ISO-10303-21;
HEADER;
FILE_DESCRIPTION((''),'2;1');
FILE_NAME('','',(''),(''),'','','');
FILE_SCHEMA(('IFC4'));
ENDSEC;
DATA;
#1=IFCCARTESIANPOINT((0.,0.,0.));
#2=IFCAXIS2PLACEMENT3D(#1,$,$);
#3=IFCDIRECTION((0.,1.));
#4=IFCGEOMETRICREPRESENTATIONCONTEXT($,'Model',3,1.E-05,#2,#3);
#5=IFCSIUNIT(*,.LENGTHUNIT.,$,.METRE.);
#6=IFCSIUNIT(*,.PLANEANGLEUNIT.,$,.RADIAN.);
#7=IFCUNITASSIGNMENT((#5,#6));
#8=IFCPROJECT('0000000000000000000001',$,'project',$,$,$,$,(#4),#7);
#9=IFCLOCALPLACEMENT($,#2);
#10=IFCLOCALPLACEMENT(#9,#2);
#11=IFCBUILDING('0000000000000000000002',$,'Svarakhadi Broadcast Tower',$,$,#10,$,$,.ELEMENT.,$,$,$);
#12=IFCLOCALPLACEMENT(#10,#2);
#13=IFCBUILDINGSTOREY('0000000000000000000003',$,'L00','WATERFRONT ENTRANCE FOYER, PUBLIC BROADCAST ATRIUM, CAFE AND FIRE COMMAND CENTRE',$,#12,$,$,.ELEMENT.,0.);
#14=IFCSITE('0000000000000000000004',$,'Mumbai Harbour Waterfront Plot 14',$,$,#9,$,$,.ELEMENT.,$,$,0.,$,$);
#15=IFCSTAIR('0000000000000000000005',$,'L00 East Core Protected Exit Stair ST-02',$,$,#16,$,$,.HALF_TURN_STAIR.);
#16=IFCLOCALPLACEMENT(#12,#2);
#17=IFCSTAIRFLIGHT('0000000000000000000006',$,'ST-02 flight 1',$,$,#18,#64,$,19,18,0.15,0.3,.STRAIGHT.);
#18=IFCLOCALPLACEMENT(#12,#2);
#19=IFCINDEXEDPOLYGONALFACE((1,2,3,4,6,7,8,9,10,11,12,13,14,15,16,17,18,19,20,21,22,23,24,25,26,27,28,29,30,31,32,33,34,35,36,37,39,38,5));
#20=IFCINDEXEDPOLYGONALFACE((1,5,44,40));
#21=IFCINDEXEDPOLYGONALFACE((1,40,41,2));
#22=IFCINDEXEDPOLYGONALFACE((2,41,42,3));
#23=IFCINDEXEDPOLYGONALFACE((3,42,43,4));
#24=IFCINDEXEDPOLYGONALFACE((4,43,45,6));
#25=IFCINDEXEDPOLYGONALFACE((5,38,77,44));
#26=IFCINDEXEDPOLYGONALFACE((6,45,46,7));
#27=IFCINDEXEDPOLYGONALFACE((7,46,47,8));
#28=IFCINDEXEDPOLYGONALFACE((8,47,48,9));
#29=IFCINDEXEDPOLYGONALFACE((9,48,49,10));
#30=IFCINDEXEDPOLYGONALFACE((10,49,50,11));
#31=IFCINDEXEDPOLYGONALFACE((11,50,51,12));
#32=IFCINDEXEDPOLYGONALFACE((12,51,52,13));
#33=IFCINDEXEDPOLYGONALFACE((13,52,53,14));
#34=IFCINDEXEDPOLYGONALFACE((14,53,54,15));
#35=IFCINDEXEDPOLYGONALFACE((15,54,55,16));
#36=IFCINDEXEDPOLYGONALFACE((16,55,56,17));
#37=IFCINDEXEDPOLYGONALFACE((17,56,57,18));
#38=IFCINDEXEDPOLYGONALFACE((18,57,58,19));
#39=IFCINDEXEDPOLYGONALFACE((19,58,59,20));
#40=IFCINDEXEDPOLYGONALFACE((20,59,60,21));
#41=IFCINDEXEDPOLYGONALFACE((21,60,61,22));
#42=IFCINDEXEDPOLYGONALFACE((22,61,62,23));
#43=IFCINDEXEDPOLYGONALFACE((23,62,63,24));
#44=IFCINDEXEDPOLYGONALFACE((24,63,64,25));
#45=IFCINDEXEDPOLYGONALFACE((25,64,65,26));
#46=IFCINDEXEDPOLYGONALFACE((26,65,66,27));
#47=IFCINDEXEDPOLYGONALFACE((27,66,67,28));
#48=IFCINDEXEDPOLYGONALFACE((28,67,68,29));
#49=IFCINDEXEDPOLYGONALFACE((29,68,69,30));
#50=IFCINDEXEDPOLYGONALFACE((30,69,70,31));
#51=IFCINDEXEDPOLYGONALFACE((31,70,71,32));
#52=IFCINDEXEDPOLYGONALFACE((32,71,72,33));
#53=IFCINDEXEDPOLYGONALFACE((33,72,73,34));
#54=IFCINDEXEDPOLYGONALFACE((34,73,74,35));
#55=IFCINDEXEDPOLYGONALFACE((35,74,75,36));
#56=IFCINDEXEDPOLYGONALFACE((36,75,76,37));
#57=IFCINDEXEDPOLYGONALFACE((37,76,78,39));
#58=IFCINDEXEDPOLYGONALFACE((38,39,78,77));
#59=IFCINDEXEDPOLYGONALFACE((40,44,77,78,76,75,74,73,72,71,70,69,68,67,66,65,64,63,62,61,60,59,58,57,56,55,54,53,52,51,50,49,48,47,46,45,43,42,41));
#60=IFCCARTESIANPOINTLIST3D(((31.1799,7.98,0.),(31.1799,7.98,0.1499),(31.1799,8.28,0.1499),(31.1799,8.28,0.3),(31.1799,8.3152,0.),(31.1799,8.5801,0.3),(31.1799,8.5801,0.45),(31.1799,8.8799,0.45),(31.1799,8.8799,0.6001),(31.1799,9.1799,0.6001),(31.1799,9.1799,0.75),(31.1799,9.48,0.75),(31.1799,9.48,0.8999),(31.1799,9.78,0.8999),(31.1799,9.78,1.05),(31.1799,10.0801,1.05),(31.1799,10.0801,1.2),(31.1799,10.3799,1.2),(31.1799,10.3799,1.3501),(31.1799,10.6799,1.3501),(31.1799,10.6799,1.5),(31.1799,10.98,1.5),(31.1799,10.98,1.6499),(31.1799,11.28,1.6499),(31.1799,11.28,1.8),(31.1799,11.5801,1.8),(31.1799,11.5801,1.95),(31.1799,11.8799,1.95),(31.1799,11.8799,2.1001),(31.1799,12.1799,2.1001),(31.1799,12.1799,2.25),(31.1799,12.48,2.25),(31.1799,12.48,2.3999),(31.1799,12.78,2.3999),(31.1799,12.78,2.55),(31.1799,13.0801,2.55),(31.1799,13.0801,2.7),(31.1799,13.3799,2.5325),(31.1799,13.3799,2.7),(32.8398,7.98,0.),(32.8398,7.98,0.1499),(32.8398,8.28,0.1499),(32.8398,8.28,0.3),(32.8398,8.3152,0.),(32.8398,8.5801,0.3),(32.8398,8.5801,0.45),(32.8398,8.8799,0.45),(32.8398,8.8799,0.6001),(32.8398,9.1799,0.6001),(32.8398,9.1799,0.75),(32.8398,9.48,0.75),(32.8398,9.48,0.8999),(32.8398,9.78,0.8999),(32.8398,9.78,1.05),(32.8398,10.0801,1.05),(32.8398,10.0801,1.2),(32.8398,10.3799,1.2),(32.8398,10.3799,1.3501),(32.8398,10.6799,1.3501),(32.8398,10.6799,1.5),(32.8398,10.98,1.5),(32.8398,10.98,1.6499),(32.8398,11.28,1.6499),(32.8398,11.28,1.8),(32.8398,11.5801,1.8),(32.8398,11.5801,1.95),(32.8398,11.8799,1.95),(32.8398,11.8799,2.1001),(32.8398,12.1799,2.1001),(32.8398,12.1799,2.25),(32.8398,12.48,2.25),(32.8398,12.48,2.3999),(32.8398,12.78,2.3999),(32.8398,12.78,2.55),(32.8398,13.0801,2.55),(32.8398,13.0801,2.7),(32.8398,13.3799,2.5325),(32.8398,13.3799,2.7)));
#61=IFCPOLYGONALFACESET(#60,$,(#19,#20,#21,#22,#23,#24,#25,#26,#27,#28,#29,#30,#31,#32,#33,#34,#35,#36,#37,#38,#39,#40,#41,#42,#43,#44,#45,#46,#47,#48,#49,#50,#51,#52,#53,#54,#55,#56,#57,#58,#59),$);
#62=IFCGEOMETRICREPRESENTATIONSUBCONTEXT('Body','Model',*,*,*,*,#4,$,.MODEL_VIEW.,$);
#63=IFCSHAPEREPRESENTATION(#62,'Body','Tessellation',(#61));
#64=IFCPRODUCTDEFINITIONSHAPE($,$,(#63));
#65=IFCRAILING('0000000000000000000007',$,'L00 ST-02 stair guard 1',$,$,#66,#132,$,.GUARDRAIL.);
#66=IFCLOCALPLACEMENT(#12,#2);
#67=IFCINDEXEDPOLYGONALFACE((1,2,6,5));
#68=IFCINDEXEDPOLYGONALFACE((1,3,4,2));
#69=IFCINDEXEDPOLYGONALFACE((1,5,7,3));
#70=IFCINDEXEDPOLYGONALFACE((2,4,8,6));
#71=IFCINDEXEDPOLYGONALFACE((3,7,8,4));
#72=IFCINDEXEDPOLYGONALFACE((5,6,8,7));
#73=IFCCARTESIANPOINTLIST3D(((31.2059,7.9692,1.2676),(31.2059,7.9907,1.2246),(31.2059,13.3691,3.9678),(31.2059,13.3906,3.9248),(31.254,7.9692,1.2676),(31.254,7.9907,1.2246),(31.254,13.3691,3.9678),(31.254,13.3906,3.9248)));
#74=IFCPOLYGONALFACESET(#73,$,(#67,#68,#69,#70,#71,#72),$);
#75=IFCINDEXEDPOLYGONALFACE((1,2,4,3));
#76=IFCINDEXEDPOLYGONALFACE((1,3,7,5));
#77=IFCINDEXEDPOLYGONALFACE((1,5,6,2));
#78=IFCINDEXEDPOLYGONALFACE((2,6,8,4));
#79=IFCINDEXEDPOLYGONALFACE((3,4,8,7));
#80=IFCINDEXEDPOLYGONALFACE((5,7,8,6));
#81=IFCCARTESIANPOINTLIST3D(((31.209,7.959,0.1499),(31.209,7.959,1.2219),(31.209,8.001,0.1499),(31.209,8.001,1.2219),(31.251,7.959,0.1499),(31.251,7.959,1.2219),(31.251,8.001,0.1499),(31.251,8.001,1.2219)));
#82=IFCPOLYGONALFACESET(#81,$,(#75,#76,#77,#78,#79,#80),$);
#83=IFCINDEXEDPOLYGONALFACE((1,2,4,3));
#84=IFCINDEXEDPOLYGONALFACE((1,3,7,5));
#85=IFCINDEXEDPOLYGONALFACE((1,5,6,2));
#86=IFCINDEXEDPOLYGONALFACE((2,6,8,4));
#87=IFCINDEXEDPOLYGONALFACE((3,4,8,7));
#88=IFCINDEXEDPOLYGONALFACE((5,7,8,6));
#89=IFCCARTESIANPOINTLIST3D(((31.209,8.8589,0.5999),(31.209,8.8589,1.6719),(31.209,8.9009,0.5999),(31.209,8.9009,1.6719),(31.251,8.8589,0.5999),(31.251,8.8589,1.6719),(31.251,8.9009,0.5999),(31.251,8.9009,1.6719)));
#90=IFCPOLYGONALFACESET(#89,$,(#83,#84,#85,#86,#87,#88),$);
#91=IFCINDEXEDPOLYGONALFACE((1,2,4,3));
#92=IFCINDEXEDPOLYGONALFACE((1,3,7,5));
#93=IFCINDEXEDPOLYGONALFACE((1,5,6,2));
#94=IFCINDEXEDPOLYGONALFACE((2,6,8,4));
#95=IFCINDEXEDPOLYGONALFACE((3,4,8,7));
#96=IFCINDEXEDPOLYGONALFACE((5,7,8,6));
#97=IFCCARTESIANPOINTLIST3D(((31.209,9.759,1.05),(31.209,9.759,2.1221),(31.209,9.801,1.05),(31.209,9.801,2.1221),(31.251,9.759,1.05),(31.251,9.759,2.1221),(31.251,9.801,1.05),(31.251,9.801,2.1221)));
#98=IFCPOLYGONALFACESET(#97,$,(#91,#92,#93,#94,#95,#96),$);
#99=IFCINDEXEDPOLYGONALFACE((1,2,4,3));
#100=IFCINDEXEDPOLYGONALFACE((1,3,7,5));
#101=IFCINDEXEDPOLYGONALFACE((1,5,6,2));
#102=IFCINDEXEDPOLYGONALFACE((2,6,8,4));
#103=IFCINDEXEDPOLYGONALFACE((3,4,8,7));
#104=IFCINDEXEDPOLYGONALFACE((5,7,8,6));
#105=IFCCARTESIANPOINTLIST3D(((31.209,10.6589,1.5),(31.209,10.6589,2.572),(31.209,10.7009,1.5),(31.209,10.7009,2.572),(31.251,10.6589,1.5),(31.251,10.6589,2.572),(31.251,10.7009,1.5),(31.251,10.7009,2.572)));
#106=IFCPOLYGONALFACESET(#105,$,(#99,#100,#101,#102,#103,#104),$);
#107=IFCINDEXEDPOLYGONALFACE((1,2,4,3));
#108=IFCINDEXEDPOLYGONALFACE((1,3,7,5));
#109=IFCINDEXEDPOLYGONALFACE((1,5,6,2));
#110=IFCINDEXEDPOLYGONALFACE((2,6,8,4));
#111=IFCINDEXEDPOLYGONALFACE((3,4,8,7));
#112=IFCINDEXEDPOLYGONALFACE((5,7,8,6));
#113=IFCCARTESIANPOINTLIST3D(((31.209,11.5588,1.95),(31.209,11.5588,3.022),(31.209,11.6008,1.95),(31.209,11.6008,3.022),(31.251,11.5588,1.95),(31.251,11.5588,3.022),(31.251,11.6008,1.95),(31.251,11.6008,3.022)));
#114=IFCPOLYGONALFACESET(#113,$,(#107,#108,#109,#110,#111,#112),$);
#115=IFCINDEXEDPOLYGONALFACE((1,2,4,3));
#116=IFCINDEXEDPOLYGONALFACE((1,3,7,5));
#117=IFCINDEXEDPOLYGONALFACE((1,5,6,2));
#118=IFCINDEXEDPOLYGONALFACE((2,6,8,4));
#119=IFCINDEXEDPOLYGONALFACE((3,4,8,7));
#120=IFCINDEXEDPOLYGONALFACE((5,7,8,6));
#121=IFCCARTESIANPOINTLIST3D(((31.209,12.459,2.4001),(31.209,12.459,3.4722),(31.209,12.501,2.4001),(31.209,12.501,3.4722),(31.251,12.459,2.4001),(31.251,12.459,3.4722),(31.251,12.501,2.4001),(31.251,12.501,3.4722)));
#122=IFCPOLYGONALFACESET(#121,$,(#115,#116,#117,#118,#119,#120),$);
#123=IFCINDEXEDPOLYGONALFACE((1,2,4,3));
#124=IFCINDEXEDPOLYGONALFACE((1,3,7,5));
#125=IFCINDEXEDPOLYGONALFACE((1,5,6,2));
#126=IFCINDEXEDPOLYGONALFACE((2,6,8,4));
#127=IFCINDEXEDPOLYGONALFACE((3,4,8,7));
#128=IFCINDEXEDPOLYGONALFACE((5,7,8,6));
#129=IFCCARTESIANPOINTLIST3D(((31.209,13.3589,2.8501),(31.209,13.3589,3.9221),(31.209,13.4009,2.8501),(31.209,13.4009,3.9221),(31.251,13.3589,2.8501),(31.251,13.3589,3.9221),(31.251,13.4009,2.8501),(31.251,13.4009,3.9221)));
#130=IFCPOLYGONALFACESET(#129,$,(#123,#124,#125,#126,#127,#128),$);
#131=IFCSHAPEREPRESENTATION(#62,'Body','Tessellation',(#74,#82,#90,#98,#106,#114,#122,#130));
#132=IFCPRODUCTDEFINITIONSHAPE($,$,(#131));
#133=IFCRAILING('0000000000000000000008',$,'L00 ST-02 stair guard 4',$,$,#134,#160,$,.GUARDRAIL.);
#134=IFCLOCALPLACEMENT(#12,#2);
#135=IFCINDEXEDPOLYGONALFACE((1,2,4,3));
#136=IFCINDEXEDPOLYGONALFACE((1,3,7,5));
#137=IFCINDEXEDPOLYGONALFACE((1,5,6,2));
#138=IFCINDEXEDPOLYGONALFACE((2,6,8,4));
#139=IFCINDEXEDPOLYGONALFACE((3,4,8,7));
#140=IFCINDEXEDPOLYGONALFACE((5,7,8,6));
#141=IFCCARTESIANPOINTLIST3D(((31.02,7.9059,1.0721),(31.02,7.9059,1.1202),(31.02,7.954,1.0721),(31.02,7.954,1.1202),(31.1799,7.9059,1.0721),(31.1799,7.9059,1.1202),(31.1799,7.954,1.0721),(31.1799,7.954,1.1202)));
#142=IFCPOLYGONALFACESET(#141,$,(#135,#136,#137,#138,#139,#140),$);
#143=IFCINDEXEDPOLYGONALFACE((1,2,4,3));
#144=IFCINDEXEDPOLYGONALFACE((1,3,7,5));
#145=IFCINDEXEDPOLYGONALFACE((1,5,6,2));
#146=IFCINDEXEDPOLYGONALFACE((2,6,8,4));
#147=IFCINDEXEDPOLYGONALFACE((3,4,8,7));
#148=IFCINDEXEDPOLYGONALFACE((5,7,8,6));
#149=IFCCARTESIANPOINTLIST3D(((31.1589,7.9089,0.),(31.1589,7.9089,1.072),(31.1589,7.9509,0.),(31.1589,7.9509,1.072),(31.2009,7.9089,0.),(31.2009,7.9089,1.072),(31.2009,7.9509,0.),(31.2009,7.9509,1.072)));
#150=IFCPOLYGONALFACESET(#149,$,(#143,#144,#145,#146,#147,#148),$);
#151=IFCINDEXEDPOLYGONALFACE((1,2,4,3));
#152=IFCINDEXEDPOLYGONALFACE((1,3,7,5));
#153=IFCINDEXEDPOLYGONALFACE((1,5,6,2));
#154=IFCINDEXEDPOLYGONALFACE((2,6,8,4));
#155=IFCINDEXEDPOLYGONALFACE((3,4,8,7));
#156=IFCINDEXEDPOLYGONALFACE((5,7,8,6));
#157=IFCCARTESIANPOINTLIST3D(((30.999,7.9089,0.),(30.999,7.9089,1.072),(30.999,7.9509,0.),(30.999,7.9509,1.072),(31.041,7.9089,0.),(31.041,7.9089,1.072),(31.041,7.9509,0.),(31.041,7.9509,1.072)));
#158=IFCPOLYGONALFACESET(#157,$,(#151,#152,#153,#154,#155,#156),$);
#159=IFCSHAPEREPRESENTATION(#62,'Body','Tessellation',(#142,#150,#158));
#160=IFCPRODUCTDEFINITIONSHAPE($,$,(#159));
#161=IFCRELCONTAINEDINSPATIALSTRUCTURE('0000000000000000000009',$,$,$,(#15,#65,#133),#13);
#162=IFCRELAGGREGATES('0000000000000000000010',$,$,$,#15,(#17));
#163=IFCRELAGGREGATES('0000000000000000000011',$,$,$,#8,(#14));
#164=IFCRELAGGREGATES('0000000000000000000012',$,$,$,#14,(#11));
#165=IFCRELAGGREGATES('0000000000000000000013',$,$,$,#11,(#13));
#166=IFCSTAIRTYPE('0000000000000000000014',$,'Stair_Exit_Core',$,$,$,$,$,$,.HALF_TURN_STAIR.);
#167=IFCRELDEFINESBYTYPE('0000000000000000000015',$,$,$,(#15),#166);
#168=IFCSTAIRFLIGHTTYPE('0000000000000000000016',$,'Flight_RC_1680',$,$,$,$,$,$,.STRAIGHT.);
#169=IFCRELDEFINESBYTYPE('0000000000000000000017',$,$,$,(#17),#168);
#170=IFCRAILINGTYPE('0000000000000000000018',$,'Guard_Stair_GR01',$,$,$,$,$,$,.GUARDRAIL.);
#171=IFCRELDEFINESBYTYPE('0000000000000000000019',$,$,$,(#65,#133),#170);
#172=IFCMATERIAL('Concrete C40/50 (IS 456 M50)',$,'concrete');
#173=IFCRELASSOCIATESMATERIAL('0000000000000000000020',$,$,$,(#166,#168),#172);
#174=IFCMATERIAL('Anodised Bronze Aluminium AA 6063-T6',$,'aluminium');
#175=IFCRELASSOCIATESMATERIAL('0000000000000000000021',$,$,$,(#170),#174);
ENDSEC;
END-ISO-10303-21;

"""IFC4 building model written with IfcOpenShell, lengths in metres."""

from ifc_helpers import new_model, si_unit, direction, frame, origin, origin_2d, place, context, subcontext, project, spatial, polyline, rectangle, outline, extrude, material, type_object, element, aggregate, save


model = new_model("IFC4")

# Units and contexts
model_context = context("Model", 3, precision=1e-05, world=origin(), true_north=direction((0.0, 1.0)))
body_context = subcontext(model_context, "Body", "Model", "MODEL_VIEW")
ifc_project = project(units=[si_unit("LENGTHUNIT", "METRE"), si_unit("PLANEANGLEUNIT", "RADIAN")], contexts=[model_context])

# Site, building, storey
site_placement = place(None, origin())
site = spatial("IfcSite", under=ifc_project, at=site_placement, Name="Mumbai Harbour Waterfront Plot 14", CompositionType="ELEMENT", RefElevation=0.0)
building_placement = place(site_placement, origin())
building = spatial("IfcBuilding", under=site, at=building_placement, Name="Svarakhadi Broadcast Tower", CompositionType="ELEMENT")
storey_placement = place(building_placement, origin())
storey = spatial("IfcBuildingStorey", under=building, at=storey_placement, Name="L00", Description="WATERFRONT ENTRANCE FOYER, PUBLIC BROADCAST ATRIUM, CAFE AND FIRE COMMAND CENTRE", CompositionType="ELEMENT", Elevation=0.0)

# Stair, stair flight
ifc_material_1 = material(Name="Concrete C40/50 (IS 456 M50)", Category="concrete")
stair_type = type_object("IfcStairType", Name="Stair_Exit_Core", PredefinedType="HALF_TURN_STAIR", material=ifc_material_1)
stair_placement = place(storey_placement, origin())
stair = element("IfcStair", 1, at=stair_placement, inside=storey, type_object=stair_type, Name="L00 East Core Protected Exit Stair ST-02", PredefinedType="HALF_TURN_STAIR")
stair_flight_type = type_object("IfcStairFlightType", Name="Flight_RC_1680", PredefinedType="STRAIGHT", material=ifc_material_1)
stair_flight_placement = place(storey_placement, frame((32.01, 7.98, 0.0), z_axis=(0.0, 0.0, 1.0), x_axis=(0.0, 1.0, 0.0)))
stair_flight = element("IfcStairFlight", 2, at=stair_flight_placement, type_object=stair_flight_type, Name="ST-02 flight 1", NumberOfRisers=19, NumberOfTreads=18, PredefinedType="STRAIGHT", RiserHeight=0.15, TreadLength=0.3, context=body_context, shape_type="SweptSolid", body=[
    extrude(outline(polyline([(0.0, 0.0), (0.0, 0.1499), (0.3, 0.1499), (0.3, 0.3), (0.6001, 0.3), (0.6001, 0.45), (0.8999, 0.45), (0.8999, 0.6001), (1.2, 0.6001), (1.2, 0.75), (1.5, 0.75), (1.5, 0.8999), (1.8, 0.8999), (1.8, 1.05), (2.1001, 1.05), (2.1001, 1.2), (2.3999, 1.2), (2.3999, 1.3501), (2.7, 1.3501), (2.7, 1.5), (3.0, 1.5), (3.0, 1.6499), (3.3, 1.6499), (3.3, 1.8), (3.6001, 1.8), (3.6001, 1.95), (3.8999, 1.95), (3.8999, 2.1001), (4.2, 2.1001), (4.2, 2.25), (4.5, 2.25), (4.5, 2.3999), (4.8, 2.3999), (4.8, 2.55), (5.1001, 2.55), (5.1001, 2.7), (5.3999, 2.7), (5.3999, 2.8501), (5.3999, 2.5325), (0.3352, 0.0), (0.0, 0.0)])), frame((0.0, 0.8301, 0.0), z_axis=(0.0, -1.0, 0.0), x_axis=(1.0, 0.0, 0.0)), (0.0, 0.0, 1.0), 1.6599),
])
aggregate(stair, [stair_flight])

# Railings
ifc_material_2 = material(Name="Anodised Bronze Aluminium AA 6063-T6", Category="aluminium")
railing_type_1 = type_object("IfcRailingType", Name="Guard_Stair_GR01", PredefinedType="GUARDRAIL", material=ifc_material_2)
railing_1_placement = place(storey_placement, frame((31.23, 7.98, 0.1499)))
element("IfcRailing", 3, at=railing_1_placement, inside=storey, type_object=railing_type_1, Name="L00 ST-02 stair guard 1", PredefinedType="GUARDRAIL", context=body_context, shape_type="SweptSolid", body=[
    extrude(rectangle(XDim=0.0481, YDim=0.0481, at=origin_2d()), frame((0.0, 0.0, 1.0962), z_axis=(0.0, 0.894411, 0.447246), x_axis=(-1.0, 0.0, 0.0)), (0.0, 0.0, 1.0), 6.0374),
    extrude(rectangle(XDim=0.042, YDim=0.042, at=origin_2d()), origin(), (0.0, 0.0, 1.0), 1.072),
    extrude(rectangle(XDim=0.042, YDim=0.042, at=origin_2d()), frame((0.0, 0.8999, 0.45)), (0.0, 0.0, 1.0), 1.072),
    extrude(rectangle(XDim=0.042, YDim=0.042, at=origin_2d()), frame((0.0, 1.8, 0.9001)), (0.0, 0.0, 1.0), 1.072),
    extrude(rectangle(XDim=0.042, YDim=0.042, at=origin_2d()), frame((0.0, 2.7, 1.3501)), (0.0, 0.0, 1.0), 1.072),
    extrude(rectangle(XDim=0.042, YDim=0.042, at=origin_2d()), frame((0.0, 3.5999, 1.8)), (0.0, 0.0, 1.0), 1.072),
    extrude(rectangle(XDim=0.042, YDim=0.042, at=origin_2d()), frame((0.0, 4.5, 2.2502)), (0.0, 0.0, 1.0), 1.072),
    extrude(rectangle(XDim=0.042, YDim=0.042, at=origin_2d()), frame((0.0, 5.3999, 2.7002)), (0.0, 0.0, 1.0), 1.072),
])
railing_2_placement = place(storey_placement, frame((31.1799, 7.9299, 0.0)))
element("IfcRailing", 4, at=railing_2_placement, inside=storey, type_object=railing_type_1, Name="L00 ST-02 stair guard 4", PredefinedType="GUARDRAIL", context=body_context, shape_type="SweptSolid", body=[
    extrude(rectangle(XDim=0.0481, YDim=0.0481, at=origin_2d()), frame((0.0, 0.0, 1.0962), z_axis=(-1.0, 0.0, 0.0), x_axis=(0.0, -1.0, 0.0)), (0.0, 0.0, 1.0), 0.1599),
    extrude(rectangle(XDim=0.042, YDim=0.042, at=origin_2d()), origin(), (0.0, 0.0, 1.0), 1.072),
    extrude(rectangle(XDim=0.042, YDim=0.042, at=origin_2d()), frame((-0.1599, 0.0, 0.0)), (0.0, 0.0, 1.0), 1.072),
])

save(model, "model.ifc")
